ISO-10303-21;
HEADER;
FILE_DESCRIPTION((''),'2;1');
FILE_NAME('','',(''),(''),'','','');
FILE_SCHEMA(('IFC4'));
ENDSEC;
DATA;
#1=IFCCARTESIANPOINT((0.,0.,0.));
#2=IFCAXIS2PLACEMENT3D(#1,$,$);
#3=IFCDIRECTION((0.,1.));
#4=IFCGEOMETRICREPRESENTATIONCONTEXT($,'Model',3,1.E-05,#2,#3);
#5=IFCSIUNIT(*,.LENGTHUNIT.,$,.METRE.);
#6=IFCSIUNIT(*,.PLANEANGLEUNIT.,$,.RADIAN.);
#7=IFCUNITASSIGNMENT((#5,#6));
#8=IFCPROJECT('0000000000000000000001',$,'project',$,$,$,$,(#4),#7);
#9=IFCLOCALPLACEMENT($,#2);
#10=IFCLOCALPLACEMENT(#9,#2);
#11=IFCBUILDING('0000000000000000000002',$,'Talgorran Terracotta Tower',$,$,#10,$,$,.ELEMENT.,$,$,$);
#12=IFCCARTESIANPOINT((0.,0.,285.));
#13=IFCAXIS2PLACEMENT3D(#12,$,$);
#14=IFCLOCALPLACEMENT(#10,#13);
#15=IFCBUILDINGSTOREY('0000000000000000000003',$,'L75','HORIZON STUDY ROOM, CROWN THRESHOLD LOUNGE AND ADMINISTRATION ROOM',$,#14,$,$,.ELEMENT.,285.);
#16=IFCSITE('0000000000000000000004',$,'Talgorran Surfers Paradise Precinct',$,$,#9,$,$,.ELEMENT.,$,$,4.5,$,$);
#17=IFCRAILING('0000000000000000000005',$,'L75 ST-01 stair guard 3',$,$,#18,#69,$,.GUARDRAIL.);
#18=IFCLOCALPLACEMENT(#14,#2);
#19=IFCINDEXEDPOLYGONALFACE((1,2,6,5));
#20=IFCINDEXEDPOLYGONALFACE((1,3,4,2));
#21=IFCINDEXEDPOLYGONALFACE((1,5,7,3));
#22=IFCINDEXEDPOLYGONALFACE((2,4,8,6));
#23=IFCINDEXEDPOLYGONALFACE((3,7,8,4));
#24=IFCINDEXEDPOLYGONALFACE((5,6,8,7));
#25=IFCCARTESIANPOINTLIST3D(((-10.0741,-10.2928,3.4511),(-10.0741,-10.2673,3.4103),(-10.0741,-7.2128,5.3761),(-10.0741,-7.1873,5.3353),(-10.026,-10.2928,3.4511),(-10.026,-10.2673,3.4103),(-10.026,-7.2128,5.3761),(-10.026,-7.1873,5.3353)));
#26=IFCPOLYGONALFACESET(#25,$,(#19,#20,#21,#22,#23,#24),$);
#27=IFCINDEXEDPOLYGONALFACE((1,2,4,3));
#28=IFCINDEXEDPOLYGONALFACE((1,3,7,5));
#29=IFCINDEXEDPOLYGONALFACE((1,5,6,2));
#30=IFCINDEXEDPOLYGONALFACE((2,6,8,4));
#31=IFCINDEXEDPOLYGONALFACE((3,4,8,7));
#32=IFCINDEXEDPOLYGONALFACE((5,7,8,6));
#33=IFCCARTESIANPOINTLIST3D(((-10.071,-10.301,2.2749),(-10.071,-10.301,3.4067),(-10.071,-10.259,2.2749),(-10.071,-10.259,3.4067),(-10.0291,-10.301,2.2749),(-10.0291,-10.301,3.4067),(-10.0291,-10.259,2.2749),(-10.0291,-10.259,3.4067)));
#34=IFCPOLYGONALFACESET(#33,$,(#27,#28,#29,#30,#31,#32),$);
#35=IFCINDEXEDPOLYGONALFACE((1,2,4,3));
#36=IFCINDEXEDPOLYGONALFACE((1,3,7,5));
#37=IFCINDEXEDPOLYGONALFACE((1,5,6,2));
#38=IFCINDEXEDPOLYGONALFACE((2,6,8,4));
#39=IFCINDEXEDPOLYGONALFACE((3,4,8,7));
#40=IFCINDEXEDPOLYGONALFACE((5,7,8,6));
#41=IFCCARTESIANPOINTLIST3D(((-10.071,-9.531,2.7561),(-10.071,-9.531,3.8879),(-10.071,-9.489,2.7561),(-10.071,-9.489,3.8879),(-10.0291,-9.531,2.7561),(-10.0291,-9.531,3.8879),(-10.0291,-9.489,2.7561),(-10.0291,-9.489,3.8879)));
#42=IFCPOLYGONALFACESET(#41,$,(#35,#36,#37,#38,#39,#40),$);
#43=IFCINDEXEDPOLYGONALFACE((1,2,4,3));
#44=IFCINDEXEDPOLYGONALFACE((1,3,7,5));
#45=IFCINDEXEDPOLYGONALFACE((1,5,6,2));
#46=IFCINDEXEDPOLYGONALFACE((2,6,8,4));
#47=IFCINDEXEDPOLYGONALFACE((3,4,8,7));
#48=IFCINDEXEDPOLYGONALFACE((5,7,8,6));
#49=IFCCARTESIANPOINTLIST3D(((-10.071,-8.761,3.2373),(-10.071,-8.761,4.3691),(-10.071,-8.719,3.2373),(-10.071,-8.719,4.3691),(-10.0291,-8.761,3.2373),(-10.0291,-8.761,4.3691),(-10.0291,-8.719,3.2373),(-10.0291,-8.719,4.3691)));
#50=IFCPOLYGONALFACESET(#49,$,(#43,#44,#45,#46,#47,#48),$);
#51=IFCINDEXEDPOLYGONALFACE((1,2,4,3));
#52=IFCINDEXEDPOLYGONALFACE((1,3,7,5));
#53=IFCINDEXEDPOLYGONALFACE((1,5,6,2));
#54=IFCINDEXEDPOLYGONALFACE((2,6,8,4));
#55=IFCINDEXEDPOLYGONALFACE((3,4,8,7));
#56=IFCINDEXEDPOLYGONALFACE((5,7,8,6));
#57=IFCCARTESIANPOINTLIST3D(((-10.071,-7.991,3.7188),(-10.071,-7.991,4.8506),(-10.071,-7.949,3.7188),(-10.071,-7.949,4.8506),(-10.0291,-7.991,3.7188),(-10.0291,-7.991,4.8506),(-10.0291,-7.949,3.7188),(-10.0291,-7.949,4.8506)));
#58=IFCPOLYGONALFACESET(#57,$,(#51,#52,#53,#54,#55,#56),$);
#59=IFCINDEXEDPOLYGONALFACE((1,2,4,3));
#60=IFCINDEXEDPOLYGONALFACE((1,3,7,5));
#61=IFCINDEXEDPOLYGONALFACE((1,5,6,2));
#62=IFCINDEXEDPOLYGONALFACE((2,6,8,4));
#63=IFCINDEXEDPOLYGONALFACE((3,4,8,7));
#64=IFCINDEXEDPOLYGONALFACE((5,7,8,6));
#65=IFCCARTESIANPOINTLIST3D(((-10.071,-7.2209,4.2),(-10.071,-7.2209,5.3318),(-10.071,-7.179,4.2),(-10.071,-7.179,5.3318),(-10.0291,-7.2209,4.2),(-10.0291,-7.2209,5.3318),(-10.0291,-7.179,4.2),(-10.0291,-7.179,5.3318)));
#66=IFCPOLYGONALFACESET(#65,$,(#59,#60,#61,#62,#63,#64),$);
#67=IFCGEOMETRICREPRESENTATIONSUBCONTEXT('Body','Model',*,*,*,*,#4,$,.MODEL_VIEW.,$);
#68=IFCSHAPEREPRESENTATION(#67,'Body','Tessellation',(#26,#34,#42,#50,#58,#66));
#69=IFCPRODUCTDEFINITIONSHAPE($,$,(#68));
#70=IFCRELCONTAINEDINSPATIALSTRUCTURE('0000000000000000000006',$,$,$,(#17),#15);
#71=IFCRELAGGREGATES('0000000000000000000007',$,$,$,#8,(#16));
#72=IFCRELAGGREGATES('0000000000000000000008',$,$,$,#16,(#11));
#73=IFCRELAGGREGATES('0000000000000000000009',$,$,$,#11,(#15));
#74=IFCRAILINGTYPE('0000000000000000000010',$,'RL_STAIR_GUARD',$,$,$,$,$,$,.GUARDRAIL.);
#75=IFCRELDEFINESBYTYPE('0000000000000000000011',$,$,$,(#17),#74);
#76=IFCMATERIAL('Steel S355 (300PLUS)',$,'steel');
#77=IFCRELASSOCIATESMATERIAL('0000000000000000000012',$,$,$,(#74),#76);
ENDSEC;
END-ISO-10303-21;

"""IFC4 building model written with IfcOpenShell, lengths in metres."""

from ifc_helpers import new_model, si_unit, direction, frame, origin, origin_2d, place, context, subcontext, project, spatial, rectangle, extrude, material, type_object, element, save


model = new_model("IFC4")

# Units and contexts
model_context = context("Model", 3, precision=1e-05, world=origin(), true_north=direction((0.0, 1.0)))
body_context = subcontext(model_context, "Body", "Model", "MODEL_VIEW")
ifc_project = project(units=[si_unit("LENGTHUNIT", "METRE"), si_unit("PLANEANGLEUNIT", "RADIAN")], contexts=[model_context])

# Site, building, storey
site_placement = place(None, origin())
site = spatial("IfcSite", under=ifc_project, at=site_placement, Name="Talgorran Surfers Paradise Precinct", CompositionType="ELEMENT", RefElevation=4.5)
building_placement = place(site_placement, origin())
building = spatial("IfcBuilding", under=site, at=building_placement, Name="Talgorran Terracotta Tower", CompositionType="ELEMENT")
storey_placement = place(building_placement, frame((0.0, 0.0, 285.0)))
storey = spatial("IfcBuildingStorey", under=building, at=storey_placement, Name="L75", Description="HORIZON STUDY ROOM, CROWN THRESHOLD LOUNGE AND ADMINISTRATION ROOM", CompositionType="ELEMENT", Elevation=285.0)

# Shared definitions
ifc_material_1 = material(Name="Steel S355 (300PLUS)", Category="steel")

# Railing
railing_type_1 = type_object("IfcRailingType", Name="RL_STAIR_GUARD", PredefinedType="GUARDRAIL", material=ifc_material_1)
railing_1_placement = place(storey_placement, frame((-10.05, -10.28, 2.2749)))
element("IfcRailing", 1, at=railing_1_placement, inside=storey, type_object=railing_type_1, Name="L75 ST-01 stair guard 3", PredefinedType="GUARDRAIL", context=body_context, shape_type="SweptSolid", body=[
    extrude(rectangle(XDim=0.0481, YDim=0.0481, at=origin_2d()), frame((0.0, 0.0, 1.1558), z_axis=(0.0, 0.847998, 0.529999), x_axis=(-1.0, 0.0, 0.0)), (0.0, 0.0, 1.0), 3.6321),
    extrude(rectangle(XDim=0.042, YDim=0.042, at=origin_2d()), origin(), (0.0, 0.0, 1.0), 1.1318),
    extrude(rectangle(XDim=0.042, YDim=0.042, at=origin_2d()), frame((0.0, 0.77, 0.4812)), (0.0, 0.0, 1.0), 1.1318),
    extrude(rectangle(XDim=0.042, YDim=0.042, at=origin_2d()), frame((0.0, 1.54, 0.9624)), (0.0, 0.0, 1.0), 1.1318),
    extrude(rectangle(XDim=0.042, YDim=0.042, at=origin_2d()), frame((0.0, 2.3101, 1.4438)), (0.0, 0.0, 1.0), 1.1318),
    extrude(rectangle(XDim=0.042, YDim=0.042, at=origin_2d()), frame((0.0, 3.0801, 1.925)), (0.0, 0.0, 1.0), 1.1318),
])

save(model, "model.ifc")
